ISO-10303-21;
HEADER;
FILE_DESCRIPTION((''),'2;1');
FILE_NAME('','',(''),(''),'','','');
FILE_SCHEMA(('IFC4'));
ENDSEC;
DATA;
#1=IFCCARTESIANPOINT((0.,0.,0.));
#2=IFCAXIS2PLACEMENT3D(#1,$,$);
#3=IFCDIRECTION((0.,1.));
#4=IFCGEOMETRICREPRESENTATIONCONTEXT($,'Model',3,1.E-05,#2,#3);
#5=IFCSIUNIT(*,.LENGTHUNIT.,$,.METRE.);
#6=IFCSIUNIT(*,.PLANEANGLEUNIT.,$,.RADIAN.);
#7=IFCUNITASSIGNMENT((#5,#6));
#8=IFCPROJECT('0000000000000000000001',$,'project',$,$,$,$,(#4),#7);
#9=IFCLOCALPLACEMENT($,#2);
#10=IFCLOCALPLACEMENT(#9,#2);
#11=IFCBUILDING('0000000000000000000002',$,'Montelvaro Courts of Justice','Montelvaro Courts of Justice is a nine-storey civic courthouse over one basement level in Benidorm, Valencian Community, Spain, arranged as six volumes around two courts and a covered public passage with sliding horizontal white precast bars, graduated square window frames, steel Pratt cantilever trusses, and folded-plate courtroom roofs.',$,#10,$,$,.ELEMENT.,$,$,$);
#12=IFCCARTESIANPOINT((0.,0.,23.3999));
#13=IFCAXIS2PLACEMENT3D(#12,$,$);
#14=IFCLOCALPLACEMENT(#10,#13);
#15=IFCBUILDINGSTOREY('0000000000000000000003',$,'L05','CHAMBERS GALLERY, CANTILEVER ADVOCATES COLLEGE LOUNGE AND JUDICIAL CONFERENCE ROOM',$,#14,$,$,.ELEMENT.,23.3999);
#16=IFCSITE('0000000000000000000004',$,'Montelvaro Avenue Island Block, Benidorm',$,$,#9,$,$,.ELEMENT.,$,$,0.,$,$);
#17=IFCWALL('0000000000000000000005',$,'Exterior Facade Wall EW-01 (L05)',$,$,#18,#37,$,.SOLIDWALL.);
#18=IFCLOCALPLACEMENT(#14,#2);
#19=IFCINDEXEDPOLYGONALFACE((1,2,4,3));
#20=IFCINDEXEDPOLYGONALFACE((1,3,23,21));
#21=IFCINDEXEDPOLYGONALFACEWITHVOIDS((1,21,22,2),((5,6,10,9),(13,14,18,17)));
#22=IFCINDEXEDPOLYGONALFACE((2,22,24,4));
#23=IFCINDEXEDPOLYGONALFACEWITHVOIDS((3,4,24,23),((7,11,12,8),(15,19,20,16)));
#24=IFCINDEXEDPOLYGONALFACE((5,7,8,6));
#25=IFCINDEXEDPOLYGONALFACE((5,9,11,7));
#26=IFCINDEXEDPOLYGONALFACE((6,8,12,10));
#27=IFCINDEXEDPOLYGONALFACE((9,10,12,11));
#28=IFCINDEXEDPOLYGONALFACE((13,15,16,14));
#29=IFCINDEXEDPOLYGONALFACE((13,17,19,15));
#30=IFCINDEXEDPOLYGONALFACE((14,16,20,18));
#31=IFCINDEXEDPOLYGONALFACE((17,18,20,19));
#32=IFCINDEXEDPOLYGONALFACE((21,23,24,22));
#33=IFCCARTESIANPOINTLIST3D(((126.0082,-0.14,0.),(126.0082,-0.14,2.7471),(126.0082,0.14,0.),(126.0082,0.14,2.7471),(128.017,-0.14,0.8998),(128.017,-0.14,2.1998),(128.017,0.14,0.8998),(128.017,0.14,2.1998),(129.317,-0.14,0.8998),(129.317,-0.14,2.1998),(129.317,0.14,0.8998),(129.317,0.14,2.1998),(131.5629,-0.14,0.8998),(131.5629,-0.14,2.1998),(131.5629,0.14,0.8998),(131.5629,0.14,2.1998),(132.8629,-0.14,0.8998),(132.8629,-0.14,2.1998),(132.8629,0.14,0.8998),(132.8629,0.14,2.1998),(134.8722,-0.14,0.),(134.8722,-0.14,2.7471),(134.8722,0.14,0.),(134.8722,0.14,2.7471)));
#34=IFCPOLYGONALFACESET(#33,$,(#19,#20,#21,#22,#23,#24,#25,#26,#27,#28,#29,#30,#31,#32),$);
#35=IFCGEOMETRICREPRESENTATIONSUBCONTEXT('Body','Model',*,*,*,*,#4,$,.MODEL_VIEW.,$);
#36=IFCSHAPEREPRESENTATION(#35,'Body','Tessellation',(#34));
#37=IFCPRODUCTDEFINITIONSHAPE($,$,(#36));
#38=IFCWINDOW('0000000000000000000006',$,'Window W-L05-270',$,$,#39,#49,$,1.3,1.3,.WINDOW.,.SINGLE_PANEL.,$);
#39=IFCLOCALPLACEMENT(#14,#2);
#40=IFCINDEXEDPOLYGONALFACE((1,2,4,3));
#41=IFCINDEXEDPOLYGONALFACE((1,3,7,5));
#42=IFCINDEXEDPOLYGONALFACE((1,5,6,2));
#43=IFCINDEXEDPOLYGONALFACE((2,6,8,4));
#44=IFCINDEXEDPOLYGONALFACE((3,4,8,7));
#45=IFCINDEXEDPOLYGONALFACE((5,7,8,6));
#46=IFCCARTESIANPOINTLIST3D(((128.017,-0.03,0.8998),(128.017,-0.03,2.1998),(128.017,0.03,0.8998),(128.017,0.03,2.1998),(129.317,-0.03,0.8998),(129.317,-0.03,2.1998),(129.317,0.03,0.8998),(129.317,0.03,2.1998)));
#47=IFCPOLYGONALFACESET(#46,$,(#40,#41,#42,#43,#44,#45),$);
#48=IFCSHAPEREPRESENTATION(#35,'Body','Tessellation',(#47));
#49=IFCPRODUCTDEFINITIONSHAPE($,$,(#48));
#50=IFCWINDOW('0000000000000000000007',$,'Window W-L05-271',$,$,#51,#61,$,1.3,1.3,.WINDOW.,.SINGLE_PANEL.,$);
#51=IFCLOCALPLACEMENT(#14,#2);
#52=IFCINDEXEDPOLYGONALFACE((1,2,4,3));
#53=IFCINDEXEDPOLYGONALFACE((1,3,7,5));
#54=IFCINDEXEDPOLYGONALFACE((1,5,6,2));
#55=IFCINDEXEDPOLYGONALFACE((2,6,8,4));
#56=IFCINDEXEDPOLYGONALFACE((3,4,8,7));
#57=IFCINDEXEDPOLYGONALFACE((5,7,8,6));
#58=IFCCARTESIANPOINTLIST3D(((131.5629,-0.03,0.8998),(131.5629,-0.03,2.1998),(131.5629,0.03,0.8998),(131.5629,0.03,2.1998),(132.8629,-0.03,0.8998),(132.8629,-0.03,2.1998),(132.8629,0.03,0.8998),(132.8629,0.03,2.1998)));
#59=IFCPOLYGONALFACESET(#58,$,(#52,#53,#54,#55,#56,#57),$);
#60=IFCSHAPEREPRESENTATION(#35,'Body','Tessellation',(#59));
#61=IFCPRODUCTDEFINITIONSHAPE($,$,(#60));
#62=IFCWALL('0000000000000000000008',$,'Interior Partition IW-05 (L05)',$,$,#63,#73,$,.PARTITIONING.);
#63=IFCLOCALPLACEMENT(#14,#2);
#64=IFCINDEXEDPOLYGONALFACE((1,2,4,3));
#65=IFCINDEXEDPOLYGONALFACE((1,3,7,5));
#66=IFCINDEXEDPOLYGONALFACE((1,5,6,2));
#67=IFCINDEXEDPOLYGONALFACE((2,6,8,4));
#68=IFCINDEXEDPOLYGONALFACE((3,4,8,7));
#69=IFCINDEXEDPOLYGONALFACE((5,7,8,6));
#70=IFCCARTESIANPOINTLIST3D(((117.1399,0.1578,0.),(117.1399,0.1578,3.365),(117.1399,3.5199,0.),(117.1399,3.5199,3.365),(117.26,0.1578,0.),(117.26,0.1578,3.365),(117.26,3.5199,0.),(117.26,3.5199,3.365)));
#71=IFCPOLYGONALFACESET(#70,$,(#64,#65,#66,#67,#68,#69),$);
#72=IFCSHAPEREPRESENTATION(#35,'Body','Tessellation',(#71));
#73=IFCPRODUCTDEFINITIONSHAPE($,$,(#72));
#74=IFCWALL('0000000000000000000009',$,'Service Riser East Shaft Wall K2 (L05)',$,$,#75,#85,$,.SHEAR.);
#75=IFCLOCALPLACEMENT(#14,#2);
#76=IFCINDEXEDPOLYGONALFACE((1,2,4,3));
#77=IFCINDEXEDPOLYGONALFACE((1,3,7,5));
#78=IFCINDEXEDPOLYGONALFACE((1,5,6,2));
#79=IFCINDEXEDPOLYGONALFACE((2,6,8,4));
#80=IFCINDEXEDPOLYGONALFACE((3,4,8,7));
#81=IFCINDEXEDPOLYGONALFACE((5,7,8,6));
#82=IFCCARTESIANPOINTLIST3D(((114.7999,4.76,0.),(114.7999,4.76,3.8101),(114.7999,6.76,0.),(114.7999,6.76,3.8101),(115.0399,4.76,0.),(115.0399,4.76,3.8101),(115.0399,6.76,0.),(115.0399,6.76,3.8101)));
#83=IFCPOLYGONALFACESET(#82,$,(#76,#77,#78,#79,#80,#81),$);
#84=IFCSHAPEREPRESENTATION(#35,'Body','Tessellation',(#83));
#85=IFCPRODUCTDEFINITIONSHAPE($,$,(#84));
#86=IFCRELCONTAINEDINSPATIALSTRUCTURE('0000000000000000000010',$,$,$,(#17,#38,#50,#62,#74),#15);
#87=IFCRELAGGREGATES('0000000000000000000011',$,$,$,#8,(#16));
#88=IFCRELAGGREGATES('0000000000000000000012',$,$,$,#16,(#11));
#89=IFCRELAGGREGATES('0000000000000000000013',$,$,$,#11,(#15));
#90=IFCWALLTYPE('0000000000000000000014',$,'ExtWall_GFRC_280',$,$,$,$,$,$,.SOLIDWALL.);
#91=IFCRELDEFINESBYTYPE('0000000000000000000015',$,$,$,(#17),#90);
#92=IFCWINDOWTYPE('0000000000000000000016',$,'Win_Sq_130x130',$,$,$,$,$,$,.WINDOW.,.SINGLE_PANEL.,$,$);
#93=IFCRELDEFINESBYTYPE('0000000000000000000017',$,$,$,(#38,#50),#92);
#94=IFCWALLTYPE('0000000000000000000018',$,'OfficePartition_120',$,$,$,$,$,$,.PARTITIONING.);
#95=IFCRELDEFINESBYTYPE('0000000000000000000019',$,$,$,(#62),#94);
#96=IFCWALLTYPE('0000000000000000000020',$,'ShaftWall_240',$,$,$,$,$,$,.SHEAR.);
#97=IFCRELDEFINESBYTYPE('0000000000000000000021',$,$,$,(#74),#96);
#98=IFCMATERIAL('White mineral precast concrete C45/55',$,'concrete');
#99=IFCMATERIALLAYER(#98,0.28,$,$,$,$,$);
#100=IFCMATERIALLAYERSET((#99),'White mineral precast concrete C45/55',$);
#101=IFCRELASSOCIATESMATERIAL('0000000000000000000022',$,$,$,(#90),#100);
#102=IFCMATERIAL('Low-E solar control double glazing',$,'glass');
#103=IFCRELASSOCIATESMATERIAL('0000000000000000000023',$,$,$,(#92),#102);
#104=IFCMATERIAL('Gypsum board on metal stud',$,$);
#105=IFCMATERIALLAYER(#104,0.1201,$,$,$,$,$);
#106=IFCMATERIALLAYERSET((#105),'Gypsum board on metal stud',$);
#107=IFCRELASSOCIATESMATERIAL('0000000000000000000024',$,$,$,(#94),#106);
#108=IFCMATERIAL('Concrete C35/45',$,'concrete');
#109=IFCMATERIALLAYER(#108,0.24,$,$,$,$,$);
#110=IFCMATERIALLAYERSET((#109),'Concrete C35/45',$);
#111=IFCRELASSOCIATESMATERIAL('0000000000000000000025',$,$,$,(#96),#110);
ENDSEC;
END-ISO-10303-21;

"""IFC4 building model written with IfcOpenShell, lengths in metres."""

from ifc_helpers import new_model, si_unit, direction, frame, frame_2d, origin, place, context, subcontext, project, spatial, rectangle, extrude, material, layer, layer_set, type_object, element, fill, save


model = new_model("IFC4")

# Units and contexts
model_context = context("Model", 3, precision=1e-05, world=origin(), true_north=direction((0.0, 1.0)))
body_context = subcontext(model_context, "Body", "Model", "MODEL_VIEW")
ifc_project = project(units=[si_unit("LENGTHUNIT", "METRE"), si_unit("PLANEANGLEUNIT", "RADIAN")], contexts=[model_context])

# Site, building, storey
site_placement = place(None, origin())
site = spatial("IfcSite", under=ifc_project, at=site_placement, Name="Montelvaro Avenue Island Block, Benidorm", CompositionType="ELEMENT", RefElevation=0.0)
building_placement = place(site_placement, origin())
building = spatial("IfcBuilding", under=site, at=building_placement, Name="Montelvaro Courts of Justice", Description="Montelvaro Courts of Justice is a nine-storey civic courthouse over one basement level in Benidorm, Valencian Community, Spain, arranged as six volumes around two courts and a covered public passage with sliding horizontal white precast bars, graduated square window frames, steel Pratt cantilever trusses, and folded-plate courtroom roofs.", CompositionType="ELEMENT")
storey_placement = place(building_placement, frame((0.0, 0.0, 23.3999)))
storey = spatial("IfcBuildingStorey", under=building, at=storey_placement, Name="L05", Description="CHAMBERS GALLERY, CANTILEVER ADVOCATES COLLEGE LOUNGE AND JUDICIAL CONFERENCE ROOM", CompositionType="ELEMENT", Elevation=23.3999)

# Shared definitions
ifc_material_1 = material(Name="White mineral precast concrete C45/55", Category="concrete")

# Shared definitions
ifc_material_2 = material(Name="Gypsum board on metal stud")

# Wall, openings, windows
ifc_layer_1 = layer(ifc_material_1, 0.28)
ifc_layer_set_1 = layer_set([ifc_layer_1], Name="White mineral precast concrete C45/55")
wall_type_1 = type_object("IfcWallType", Name="ExtWall_GFRC_280", PredefinedType="SOLIDWALL", material=ifc_layer_set_1)
ifc_material_3 = material(Name="Low-E solar control double glazing", Category="glass")
window_type = type_object("IfcWindowType", Name="Win_Sq_130x130", PartitioningType="SINGLE_PANEL", PredefinedType="WINDOW", material=ifc_material_3)
wall_1_placement = place(storey_placement, frame((126.0081, 0.0, 0.0), z_axis=(0.0, 0.0, 1.0), x_axis=(1.0, 0.0, 0.0)))
wall_1 = element("IfcWall", 1, at=wall_1_placement, inside=storey, type_object=wall_type_1, Name="Exterior Facade Wall EW-01 (L05)", PredefinedType="SOLIDWALL", context=body_context, shape_type="SweptSolid", body=[
    extrude(rectangle(XDim=8.864, YDim=0.28, at=frame_2d((4.4321, 0.0))), origin(), (0.0, 0.0, 1.0), 2.7471),
])
opening_1_placement = place(wall_1_placement, frame((2.009, 0.0, 0.8999)))
opening_1 = element("IfcOpeningElement", 2, at=opening_1_placement, cuts=wall_1, PredefinedType="OPENING", context=body_context, shape_type="SweptSolid", body=[
    extrude(rectangle(XDim=1.3, YDim=1.3, at=frame_2d((0.6499, 0.6499))), frame((0.0, 0.1548, 0.0), z_axis=(0.0, -1.0, 0.0), x_axis=(1.0, 0.0, 0.0)), (0.0, 0.0, 1.0), 0.3098),
])
opening_2_placement = place(wall_1_placement, frame((5.5549, 0.0, 0.8999)))
opening_2 = element("IfcOpeningElement", 3, at=opening_2_placement, cuts=wall_1, PredefinedType="OPENING", context=body_context, shape_type="SweptSolid", body=[
    extrude(rectangle(XDim=1.3, YDim=1.3, at=frame_2d((0.6499, 0.6499))), frame((0.0, 0.1548, 0.0), z_axis=(0.0, -1.0, 0.0), x_axis=(1.0, 0.0, 0.0)), (0.0, 0.0, 1.0), 0.3098),
])
window_1_placement = place(opening_1_placement, origin())
window_1 = element("IfcWindow", 4, at=window_1_placement, inside=storey, type_object=window_type, Name="Window W-L05-270", OverallHeight=1.3, OverallWidth=1.3, PartitioningType="SINGLE_PANEL", PredefinedType="WINDOW", context=body_context, shape_type="SweptSolid", body=[
    extrude(rectangle(XDim=1.3, YDim=1.3, at=frame_2d((0.6499, 0.6499))), frame((0.0, 0.03, 0.0), z_axis=(0.0, -1.0, 0.0), x_axis=(1.0, 0.0, 0.0)), (0.0, 0.0, 1.0), 0.0601),
])
fill(opening_1, window_1)
window_2_placement = place(opening_2_placement, origin())
window_2 = element("IfcWindow", 5, at=window_2_placement, inside=storey, type_object=window_type, Name="Window W-L05-271", OverallHeight=1.3, OverallWidth=1.3, PartitioningType="SINGLE_PANEL", PredefinedType="WINDOW", context=body_context, shape_type="SweptSolid", body=[
    extrude(rectangle(XDim=1.3, YDim=1.3, at=frame_2d((0.6499, 0.6499))), frame((0.0, 0.03, 0.0), z_axis=(0.0, -1.0, 0.0), x_axis=(1.0, 0.0, 0.0)), (0.0, 0.0, 1.0), 0.0601),
])
fill(opening_2, window_2)

# Walls
ifc_layer_2 = layer(ifc_material_2, 0.1201)
ifc_layer_set_2 = layer_set([ifc_layer_2], Name="Gypsum board on metal stud")
wall_type_2 = type_object("IfcWallType", Name="OfficePartition_120", PredefinedType="PARTITIONING", material=ifc_layer_set_2)
wall_2_placement = place(storey_placement, frame((117.2, 3.52, 0.0), z_axis=(0.0, 0.0, 1.0), x_axis=(0.0, -1.0, 0.0)))
element("IfcWall", 6, at=wall_2_placement, inside=storey, type_object=wall_type_2, Name="Interior Partition IW-05 (L05)", PredefinedType="PARTITIONING", context=body_context, shape_type="SweptSolid", body=[
    extrude(rectangle(XDim=3.3621, YDim=0.1201, at=frame_2d((1.6812, 0.0))), origin(), (0.0, 0.0, 1.0), 3.365),
])
ifc_material_4 = material(Name="Concrete C35/45", Category="concrete")
ifc_layer_3 = layer(ifc_material_4, 0.24)
ifc_layer_set_3 = layer_set([ifc_layer_3], Name="Concrete C35/45")
wall_type_3 = type_object("IfcWallType", Name="ShaftWall_240", PredefinedType="SHEAR", material=ifc_layer_set_3)
wall_3_placement = place(storey_placement, frame((114.9199, 4.76, 0.0), z_axis=(0.0, 0.0, 1.0), x_axis=(0.0, 1.0, 0.0)))
element("IfcWall", 7, at=wall_3_placement, inside=storey, type_object=wall_type_3, Name="Service Riser East Shaft Wall K2 (L05)", PredefinedType="SHEAR", context=body_context, shape_type="SweptSolid", body=[
    extrude(rectangle(XDim=2.0, YDim=0.24, at=frame_2d((1.0, 0.0))), origin(), (0.0, 0.0, 1.0), 3.8101),
])

save(model, "model.ifc")
